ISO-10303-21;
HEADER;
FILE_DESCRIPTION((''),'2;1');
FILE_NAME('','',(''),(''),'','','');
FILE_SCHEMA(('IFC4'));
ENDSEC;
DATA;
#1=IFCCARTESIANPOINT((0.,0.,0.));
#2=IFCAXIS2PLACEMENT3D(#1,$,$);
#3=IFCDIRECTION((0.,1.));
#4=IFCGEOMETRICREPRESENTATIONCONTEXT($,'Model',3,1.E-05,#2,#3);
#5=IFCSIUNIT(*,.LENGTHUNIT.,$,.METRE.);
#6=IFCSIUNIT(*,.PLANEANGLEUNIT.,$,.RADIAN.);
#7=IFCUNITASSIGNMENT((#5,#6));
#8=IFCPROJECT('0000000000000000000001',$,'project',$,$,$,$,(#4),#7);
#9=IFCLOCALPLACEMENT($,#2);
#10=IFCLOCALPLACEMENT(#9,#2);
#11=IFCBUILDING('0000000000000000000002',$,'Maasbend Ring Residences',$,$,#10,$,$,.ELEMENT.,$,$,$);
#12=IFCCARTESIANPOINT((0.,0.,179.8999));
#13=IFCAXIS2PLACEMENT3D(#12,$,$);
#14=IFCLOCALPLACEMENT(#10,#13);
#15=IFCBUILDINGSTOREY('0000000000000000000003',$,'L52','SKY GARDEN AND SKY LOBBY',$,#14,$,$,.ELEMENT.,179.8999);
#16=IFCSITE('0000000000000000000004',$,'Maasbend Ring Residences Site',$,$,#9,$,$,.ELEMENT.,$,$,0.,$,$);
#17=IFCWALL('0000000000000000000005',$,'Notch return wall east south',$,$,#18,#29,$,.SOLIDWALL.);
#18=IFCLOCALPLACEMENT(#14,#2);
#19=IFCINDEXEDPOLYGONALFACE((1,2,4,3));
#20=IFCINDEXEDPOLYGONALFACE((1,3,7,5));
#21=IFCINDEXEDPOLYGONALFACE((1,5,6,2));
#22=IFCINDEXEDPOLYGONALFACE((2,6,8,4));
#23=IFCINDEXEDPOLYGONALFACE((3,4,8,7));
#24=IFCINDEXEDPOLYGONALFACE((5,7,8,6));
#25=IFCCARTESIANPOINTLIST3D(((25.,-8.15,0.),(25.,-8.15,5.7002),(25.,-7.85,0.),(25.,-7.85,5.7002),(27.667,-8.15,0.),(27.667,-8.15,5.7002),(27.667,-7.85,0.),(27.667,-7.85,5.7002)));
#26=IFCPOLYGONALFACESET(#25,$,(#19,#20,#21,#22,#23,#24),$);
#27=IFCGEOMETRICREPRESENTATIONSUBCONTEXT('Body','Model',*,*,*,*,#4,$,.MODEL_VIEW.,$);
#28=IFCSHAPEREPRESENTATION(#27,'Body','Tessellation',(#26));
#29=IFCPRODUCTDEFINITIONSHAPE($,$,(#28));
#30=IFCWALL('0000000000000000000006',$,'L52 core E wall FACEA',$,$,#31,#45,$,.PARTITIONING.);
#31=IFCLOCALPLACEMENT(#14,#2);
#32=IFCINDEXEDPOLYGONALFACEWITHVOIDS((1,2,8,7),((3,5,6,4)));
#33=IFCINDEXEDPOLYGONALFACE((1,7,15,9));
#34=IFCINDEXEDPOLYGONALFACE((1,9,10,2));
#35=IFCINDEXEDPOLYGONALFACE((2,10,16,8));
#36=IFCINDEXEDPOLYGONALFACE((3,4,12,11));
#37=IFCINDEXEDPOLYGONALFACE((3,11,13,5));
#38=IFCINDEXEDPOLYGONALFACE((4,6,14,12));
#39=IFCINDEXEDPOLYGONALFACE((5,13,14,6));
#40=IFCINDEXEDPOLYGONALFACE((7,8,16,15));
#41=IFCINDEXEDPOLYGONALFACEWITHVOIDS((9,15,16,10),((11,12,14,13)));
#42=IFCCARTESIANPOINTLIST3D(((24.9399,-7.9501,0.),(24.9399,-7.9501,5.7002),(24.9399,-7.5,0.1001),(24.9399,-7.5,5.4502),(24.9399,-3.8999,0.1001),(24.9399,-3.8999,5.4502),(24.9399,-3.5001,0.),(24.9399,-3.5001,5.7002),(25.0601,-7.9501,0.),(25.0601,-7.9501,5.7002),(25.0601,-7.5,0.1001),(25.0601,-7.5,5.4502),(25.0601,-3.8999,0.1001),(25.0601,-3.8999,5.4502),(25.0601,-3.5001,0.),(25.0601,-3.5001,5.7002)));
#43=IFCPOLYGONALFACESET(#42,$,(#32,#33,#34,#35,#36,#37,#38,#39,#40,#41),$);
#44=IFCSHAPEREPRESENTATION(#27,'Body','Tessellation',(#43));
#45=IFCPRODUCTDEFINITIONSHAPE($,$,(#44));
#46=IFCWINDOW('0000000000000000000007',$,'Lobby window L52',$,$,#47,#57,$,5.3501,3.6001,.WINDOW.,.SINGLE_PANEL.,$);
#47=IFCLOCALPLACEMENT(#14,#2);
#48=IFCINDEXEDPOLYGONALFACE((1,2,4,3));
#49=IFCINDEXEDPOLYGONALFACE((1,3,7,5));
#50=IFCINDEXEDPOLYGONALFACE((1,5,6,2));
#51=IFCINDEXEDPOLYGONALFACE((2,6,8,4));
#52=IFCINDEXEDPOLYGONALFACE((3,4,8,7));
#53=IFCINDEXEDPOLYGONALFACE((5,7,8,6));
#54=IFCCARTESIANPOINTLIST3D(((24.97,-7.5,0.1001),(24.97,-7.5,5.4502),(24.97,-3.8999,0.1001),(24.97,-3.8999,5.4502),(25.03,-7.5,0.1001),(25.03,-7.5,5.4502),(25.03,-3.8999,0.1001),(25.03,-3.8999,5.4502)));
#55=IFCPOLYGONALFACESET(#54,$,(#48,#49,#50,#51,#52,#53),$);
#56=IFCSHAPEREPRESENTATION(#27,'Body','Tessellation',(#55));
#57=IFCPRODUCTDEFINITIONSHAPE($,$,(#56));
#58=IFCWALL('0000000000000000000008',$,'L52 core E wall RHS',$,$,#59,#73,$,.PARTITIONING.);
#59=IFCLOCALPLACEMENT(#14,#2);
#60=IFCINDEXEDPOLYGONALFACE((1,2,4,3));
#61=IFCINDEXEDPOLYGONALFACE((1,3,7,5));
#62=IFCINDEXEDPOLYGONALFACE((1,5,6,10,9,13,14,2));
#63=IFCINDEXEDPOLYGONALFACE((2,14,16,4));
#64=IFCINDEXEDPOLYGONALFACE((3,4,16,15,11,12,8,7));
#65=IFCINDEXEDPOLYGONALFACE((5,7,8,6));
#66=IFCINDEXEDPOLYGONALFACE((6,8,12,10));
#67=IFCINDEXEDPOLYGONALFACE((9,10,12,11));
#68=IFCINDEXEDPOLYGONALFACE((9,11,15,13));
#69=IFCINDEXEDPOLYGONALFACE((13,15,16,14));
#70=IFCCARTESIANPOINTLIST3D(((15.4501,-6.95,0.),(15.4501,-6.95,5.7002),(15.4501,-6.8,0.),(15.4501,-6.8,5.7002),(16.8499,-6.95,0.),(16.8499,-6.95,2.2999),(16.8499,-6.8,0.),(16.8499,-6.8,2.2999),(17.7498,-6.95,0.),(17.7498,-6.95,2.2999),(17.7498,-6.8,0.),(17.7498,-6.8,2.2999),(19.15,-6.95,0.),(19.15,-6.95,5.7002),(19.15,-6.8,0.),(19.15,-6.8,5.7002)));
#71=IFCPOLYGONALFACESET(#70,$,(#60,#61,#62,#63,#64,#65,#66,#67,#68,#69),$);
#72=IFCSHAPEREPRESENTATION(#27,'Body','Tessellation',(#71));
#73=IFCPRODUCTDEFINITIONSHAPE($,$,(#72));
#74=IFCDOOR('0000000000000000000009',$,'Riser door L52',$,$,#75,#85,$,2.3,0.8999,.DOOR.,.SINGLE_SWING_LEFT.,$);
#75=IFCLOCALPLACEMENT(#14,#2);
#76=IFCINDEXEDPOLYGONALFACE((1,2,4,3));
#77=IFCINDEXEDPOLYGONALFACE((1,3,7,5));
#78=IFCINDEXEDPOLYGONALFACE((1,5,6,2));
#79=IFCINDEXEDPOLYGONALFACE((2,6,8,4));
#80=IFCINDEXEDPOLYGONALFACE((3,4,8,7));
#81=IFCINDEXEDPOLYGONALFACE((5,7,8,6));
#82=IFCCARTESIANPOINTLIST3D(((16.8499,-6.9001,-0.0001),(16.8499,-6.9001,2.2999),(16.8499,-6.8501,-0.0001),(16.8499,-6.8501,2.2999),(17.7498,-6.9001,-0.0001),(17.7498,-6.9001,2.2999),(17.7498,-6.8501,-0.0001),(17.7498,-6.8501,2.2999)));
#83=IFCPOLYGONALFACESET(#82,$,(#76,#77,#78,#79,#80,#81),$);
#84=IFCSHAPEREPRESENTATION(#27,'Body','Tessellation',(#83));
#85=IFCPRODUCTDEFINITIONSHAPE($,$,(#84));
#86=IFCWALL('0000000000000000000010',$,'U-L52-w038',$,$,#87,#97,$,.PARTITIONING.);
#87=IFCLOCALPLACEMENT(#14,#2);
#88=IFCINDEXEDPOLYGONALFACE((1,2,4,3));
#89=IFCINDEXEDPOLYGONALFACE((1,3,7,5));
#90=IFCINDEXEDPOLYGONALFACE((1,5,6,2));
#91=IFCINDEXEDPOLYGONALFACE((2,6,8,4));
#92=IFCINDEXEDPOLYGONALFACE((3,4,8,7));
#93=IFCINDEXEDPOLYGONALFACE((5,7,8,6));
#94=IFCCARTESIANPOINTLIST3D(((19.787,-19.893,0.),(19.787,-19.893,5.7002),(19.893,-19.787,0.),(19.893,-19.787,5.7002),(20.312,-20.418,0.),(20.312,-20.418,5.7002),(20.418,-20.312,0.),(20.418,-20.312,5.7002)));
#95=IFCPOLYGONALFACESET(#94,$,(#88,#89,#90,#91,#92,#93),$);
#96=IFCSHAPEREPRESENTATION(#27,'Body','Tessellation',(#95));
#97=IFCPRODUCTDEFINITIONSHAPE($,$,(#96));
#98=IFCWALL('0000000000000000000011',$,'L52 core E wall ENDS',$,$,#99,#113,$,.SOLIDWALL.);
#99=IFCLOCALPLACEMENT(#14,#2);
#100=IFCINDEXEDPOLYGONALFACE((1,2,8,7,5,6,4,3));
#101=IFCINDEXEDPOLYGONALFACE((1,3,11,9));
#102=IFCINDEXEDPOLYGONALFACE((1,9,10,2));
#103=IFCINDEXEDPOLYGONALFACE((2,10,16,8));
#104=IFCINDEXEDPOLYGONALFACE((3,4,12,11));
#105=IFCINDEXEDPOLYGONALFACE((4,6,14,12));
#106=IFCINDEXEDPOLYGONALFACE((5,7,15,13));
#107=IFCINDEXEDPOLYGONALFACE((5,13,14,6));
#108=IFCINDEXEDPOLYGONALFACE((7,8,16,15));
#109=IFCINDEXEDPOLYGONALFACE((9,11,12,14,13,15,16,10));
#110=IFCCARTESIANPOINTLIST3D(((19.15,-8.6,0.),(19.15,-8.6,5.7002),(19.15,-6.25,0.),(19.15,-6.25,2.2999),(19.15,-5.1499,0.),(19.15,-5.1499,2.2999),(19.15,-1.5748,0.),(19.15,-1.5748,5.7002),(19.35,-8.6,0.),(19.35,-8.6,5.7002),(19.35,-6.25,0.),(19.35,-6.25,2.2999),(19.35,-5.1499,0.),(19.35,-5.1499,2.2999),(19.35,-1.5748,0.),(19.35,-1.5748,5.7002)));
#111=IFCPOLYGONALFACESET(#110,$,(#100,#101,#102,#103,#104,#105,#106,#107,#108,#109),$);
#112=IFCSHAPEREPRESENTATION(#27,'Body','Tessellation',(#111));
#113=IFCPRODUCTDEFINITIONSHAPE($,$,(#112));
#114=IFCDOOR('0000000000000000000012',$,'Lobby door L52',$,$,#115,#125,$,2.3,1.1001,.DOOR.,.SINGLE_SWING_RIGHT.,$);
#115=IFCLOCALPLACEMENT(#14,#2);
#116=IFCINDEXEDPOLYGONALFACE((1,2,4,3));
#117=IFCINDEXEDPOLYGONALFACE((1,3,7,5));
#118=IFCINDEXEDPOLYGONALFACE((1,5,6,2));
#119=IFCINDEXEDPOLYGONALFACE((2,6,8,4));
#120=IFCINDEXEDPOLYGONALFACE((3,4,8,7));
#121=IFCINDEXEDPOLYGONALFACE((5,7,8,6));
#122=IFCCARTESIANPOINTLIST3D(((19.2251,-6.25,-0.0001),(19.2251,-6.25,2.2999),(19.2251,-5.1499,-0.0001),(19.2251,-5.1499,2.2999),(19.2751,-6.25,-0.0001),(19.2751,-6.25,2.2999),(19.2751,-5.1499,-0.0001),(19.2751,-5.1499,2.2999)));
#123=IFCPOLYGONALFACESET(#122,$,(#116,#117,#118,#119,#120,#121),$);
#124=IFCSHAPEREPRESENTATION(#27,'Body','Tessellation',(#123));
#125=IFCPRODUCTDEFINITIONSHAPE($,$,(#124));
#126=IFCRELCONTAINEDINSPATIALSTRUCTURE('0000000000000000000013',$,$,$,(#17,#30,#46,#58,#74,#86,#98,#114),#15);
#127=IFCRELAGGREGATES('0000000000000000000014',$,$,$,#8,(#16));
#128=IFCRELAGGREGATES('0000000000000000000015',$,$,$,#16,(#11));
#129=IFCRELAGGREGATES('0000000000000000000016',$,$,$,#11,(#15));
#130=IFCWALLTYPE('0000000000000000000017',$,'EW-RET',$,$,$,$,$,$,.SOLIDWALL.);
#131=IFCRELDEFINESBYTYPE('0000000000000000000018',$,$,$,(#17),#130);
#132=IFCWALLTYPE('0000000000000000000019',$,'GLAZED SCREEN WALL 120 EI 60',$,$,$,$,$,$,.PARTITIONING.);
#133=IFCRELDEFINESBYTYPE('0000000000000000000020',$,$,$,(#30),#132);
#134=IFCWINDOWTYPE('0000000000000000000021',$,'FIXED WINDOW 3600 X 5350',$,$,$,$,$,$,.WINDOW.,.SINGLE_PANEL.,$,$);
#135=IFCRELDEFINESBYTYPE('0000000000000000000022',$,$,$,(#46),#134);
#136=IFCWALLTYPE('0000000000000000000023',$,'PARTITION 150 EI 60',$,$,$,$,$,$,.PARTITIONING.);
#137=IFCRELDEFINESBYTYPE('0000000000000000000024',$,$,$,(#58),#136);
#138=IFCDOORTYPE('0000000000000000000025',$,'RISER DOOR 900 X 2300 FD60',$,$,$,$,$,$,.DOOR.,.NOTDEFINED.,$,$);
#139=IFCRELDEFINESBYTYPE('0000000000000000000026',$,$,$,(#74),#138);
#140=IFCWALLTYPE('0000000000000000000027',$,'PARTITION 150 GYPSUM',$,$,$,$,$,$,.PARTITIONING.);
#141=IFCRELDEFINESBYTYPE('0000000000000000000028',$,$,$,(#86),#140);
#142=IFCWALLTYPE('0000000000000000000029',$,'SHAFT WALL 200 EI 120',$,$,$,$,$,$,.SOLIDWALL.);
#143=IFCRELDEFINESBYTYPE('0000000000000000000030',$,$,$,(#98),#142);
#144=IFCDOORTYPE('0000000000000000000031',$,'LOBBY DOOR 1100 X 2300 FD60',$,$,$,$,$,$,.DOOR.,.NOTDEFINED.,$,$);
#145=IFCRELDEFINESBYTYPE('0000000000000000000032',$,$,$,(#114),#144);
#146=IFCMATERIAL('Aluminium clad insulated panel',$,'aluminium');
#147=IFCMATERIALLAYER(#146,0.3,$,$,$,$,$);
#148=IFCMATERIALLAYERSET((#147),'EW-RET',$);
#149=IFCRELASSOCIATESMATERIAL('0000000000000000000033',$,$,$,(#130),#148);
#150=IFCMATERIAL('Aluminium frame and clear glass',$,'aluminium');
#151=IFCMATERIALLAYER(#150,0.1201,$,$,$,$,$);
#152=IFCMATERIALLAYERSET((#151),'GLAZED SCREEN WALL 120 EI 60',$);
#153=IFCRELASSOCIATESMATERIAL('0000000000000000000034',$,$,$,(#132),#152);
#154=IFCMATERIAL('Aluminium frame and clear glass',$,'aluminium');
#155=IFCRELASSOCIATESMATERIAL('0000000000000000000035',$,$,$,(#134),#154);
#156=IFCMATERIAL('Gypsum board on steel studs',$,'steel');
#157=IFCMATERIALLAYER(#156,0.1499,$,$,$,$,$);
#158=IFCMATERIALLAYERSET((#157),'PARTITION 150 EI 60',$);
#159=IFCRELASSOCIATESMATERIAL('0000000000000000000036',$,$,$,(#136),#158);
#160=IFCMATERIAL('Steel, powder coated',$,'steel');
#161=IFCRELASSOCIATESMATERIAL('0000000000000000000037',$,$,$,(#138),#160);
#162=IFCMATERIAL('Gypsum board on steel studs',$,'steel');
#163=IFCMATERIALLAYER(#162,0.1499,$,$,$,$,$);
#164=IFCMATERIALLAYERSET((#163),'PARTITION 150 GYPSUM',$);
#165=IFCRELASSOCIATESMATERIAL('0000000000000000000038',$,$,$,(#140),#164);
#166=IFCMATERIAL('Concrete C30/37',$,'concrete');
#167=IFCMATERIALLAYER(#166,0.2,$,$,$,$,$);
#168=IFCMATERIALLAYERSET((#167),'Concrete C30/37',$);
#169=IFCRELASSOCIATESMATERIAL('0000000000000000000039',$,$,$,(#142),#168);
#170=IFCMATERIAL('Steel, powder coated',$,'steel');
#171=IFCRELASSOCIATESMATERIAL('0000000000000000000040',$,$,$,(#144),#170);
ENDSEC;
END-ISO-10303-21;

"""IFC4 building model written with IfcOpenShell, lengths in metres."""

from ifc_helpers import new_model, si_unit, direction, frame, frame_2d, origin, place, context, subcontext, project, spatial, rectangle, extrude, material, layer, layer_set, type_object, element, fill, save


model = new_model("IFC4")

# Units and contexts
model_context = context("Model", 3, precision=1e-05, world=origin(), true_north=direction((0.0, 1.0)))
body_context = subcontext(model_context, "Body", "Model", "MODEL_VIEW")
ifc_project = project(units=[si_unit("LENGTHUNIT", "METRE"), si_unit("PLANEANGLEUNIT", "RADIAN")], contexts=[model_context])

# Site, building, storey
site_placement = place(None, origin())
site = spatial("IfcSite", under=ifc_project, at=site_placement, Name="Maasbend Ring Residences Site", CompositionType="ELEMENT", RefElevation=0.0)
building_placement = place(site_placement, origin())
building = spatial("IfcBuilding", under=site, at=building_placement, Name="Maasbend Ring Residences", CompositionType="ELEMENT")
storey_placement = place(building_placement, frame((0.0, 0.0, 179.8999)))
storey = spatial("IfcBuildingStorey", under=building, at=storey_placement, Name="L52", Description="SKY GARDEN AND SKY LOBBY", CompositionType="ELEMENT", Elevation=179.8999)

# Wall
ifc_material_1 = material(Name="Aluminium clad insulated panel", Category="aluminium")
ifc_layer_1 = layer(ifc_material_1, 0.3)
ifc_layer_set_1 = layer_set([ifc_layer_1], Name="EW-RET")
wall_type_1 = type_object("IfcWallType", Name="EW-RET", PredefinedType="SOLIDWALL", material=ifc_layer_set_1)
wall_1_placement = place(storey_placement, frame((25.0, -8.0, 0.0), z_axis=(0.0, 0.0, 1.0), x_axis=(1.0, 0.0, 0.0)))
element("IfcWall", 1, at=wall_1_placement, inside=storey, type_object=wall_type_1, Name="Notch return wall east south", PredefinedType="SOLIDWALL", context=body_context, shape_type="SweptSolid", body=[
    extrude(rectangle(XDim=2.667, YDim=0.3, at=frame_2d((1.3335, 0.0))), origin(), (0.0, 0.0, 1.0), 5.7002),
])

# Wall, opening, window
ifc_material_2 = material(Name="Aluminium frame and clear glass", Category="aluminium")
ifc_layer_2 = layer(ifc_material_2, 0.1201)
ifc_layer_set_2 = layer_set([ifc_layer_2], Name="GLAZED SCREEN WALL 120 EI 60")
wall_type_2 = type_object("IfcWallType", Name="GLAZED SCREEN WALL 120 EI 60", PredefinedType="PARTITIONING", material=ifc_layer_set_2)
wall_2_placement = place(storey_placement, frame((25.0, -3.5, 0.0), z_axis=(0.0, 0.0, 1.0), x_axis=(0.0, -1.0, 0.0)))
wall_2 = element("IfcWall", 2, at=wall_2_placement, inside=storey, type_object=wall_type_2, Name="L52 core E wall FACEA", PredefinedType="PARTITIONING", context=body_context, shape_type="SweptSolid", body=[
    extrude(rectangle(XDim=4.45, YDim=0.1201, at=frame_2d((2.2251, 0.0))), origin(), (0.0, 0.0, 1.0), 5.7002),
])
opening_1_placement = place(wall_2_placement, frame((0.3999, 0.0, 0.1001)))
opening_1 = element("IfcOpeningElement", 3, at=opening_1_placement, cuts=wall_2, PredefinedType="OPENING", context=body_context, shape_type="SweptSolid", body=[
    extrude(rectangle(XDim=3.6001, YDim=5.3501, at=frame_2d((1.8, 2.675))), frame((0.0, 0.0701, 0.0), z_axis=(0.0, -1.0, 0.0), x_axis=(1.0, 0.0, 0.0)), (0.0, 0.0, 1.0), 0.1401),
])
ifc_material_3 = material(Name="Aluminium frame and clear glass", Category="aluminium")
window_type = type_object("IfcWindowType", Name="FIXED WINDOW 3600 X 5350", PartitioningType="SINGLE_PANEL", PredefinedType="WINDOW", material=ifc_material_3)
window_placement = place(opening_1_placement, origin())
window = element("IfcWindow", 4, at=window_placement, inside=storey, type_object=window_type, Name="Lobby window L52", OverallHeight=5.3501, OverallWidth=3.6001, PartitioningType="SINGLE_PANEL", PredefinedType="WINDOW", context=body_context, shape_type="SweptSolid", body=[
    extrude(rectangle(XDim=3.6001, YDim=5.3501, at=frame_2d((1.8, 2.675))), frame((0.0, 0.03, 0.0), z_axis=(0.0, -1.0, 0.0), x_axis=(1.0, 0.0, 0.0)), (0.0, 0.0, 1.0), 0.0601),
])
fill(opening_1, window)

# Wall, opening, door
ifc_material_4 = material(Name="Gypsum board on steel studs", Category="steel")
ifc_layer_3 = layer(ifc_material_4, 0.1499)
ifc_layer_set_3 = layer_set([ifc_layer_3], Name="PARTITION 150 EI 60")
wall_type_3 = type_object("IfcWallType", Name="PARTITION 150 EI 60", PredefinedType="PARTITIONING", material=ifc_layer_set_3)
wall_3_placement = place(storey_placement, frame((15.45, -6.875, 0.0), z_axis=(0.0, 0.0, 1.0), x_axis=(1.0, 0.0, 0.0)))
wall_3 = element("IfcWall", 5, at=wall_3_placement, inside=storey, type_object=wall_type_3, Name="L52 core E wall RHS", PredefinedType="PARTITIONING", context=body_context, shape_type="SweptSolid", body=[
    extrude(rectangle(XDim=3.7, YDim=0.1499, at=frame_2d((1.8501, 0.0))), origin(), (0.0, 0.0, 1.0), 5.7002),
])
opening_2_placement = place(wall_3_placement, frame((1.3999, 0.0, 0.0)))
opening_2 = element("IfcOpeningElement", 6, at=opening_2_placement, cuts=wall_3, PredefinedType="OPENING", context=body_context, shape_type="SweptSolid", body=[
    extrude(rectangle(XDim=0.8999, YDim=2.3, at=frame_2d((0.45, 1.1499))), frame((0.0, 0.085, 0.0), z_axis=(0.0, -1.0, 0.0), x_axis=(1.0, 0.0, 0.0)), (0.0, 0.0, 1.0), 0.1699),
])
ifc_material_5 = material(Name="Steel, powder coated", Category="steel")
door_type_1 = type_object("IfcDoorType", Name="RISER DOOR 900 X 2300 FD60", OperationType="NOTDEFINED", PredefinedType="DOOR", material=ifc_material_5)
door_1_placement = place(opening_2_placement, origin())
door_1 = element("IfcDoor", 7, at=door_1_placement, inside=storey, type_object=door_type_1, Name="Riser door L52", OperationType="SINGLE_SWING_LEFT", OverallHeight=2.3, OverallWidth=0.8999, PredefinedType="DOOR", context=body_context, shape_type="SweptSolid", body=[
    extrude(rectangle(XDim=0.8999, YDim=2.3, at=frame_2d((0.45, 1.1499))), frame((0.0, 0.0249, 0.0), z_axis=(0.0, -1.0, 0.0), x_axis=(1.0, 0.0, 0.0)), (0.0, 0.0, 1.0), 0.05),
])
fill(opening_2, door_1)

# Wall
ifc_material_6 = material(Name="Gypsum board on steel studs", Category="steel")
ifc_layer_4 = layer(ifc_material_6, 0.1499)
ifc_layer_set_4 = layer_set([ifc_layer_4], Name="PARTITION 150 GYPSUM")
wall_type_4 = type_object("IfcWallType", Name="PARTITION 150 GYPSUM", PredefinedType="PARTITIONING", material=ifc_layer_set_4)
wall_4_placement = place(storey_placement, frame((19.8401, -19.8401, 0.0), z_axis=(0.0, 0.0, 1.0), x_axis=(0.707107, -0.707107, 0.0)))
element("IfcWall", 8, at=wall_4_placement, inside=storey, type_object=wall_type_4, Name="U-L52-w038", PredefinedType="PARTITIONING", context=body_context, shape_type="SweptSolid", body=[
    extrude(rectangle(XDim=0.7424, YDim=0.1499, at=frame_2d((0.3711, 0.0))), origin(), (0.0, 0.0, 1.0), 5.7002),
])

# Wall, opening, door
ifc_material_7 = material(Name="Concrete C30/37", Category="concrete")
ifc_layer_5 = layer(ifc_material_7, 0.2)
ifc_layer_set_5 = layer_set([ifc_layer_5], Name="Concrete C30/37")
wall_type_5 = type_object("IfcWallType", Name="SHAFT WALL 200 EI 120", PredefinedType="SOLIDWALL", material=ifc_layer_set_5)
wall_5_placement = place(storey_placement, frame((19.25, -8.6001, 0.0), z_axis=(0.0, 0.0, 1.0), x_axis=(0.0, 1.0, 0.0)))
wall_5 = element("IfcWall", 9, at=wall_5_placement, inside=storey, type_object=wall_type_5, Name="L52 core E wall ENDS", PredefinedType="SOLIDWALL", context=body_context, shape_type="SweptSolid", body=[
    extrude(rectangle(XDim=7.0251, YDim=0.2, at=frame_2d((3.5127, 0.0))), origin(), (0.0, 0.0, 1.0), 5.7002),
])
opening_3_placement = place(wall_5_placement, frame((2.3501, 0.0, 0.0)))
opening_3 = element("IfcOpeningElement", 10, at=opening_3_placement, cuts=wall_5, PredefinedType="OPENING", context=body_context, shape_type="SweptSolid", body=[
    extrude(rectangle(XDim=1.1001, YDim=2.3, at=frame_2d((0.55, 1.1499))), frame((0.0, 0.1099, 0.0), z_axis=(0.0, -1.0, 0.0), x_axis=(1.0, 0.0, 0.0)), (0.0, 0.0, 1.0), 0.22),
])
ifc_material_8 = material(Name="Steel, powder coated", Category="steel")
door_type_2 = type_object("IfcDoorType", Name="LOBBY DOOR 1100 X 2300 FD60", OperationType="NOTDEFINED", PredefinedType="DOOR", material=ifc_material_8)
door_2_placement = place(opening_3_placement, origin())
door_2 = element("IfcDoor", 11, at=door_2_placement, inside=storey, type_object=door_type_2, Name="Lobby door L52", OperationType="SINGLE_SWING_RIGHT", OverallHeight=2.3, OverallWidth=1.1001, PredefinedType="DOOR", context=body_context, shape_type="SweptSolid", body=[
    extrude(rectangle(XDim=1.1001, YDim=2.3, at=frame_2d((0.55, 1.1499))), frame((0.0, 0.0249, 0.0), z_axis=(0.0, -1.0, 0.0), x_axis=(1.0, 0.0, 0.0)), (0.0, 0.0, 1.0), 0.05),
])
fill(opening_3, door_2)

save(model, "model.ifc")
